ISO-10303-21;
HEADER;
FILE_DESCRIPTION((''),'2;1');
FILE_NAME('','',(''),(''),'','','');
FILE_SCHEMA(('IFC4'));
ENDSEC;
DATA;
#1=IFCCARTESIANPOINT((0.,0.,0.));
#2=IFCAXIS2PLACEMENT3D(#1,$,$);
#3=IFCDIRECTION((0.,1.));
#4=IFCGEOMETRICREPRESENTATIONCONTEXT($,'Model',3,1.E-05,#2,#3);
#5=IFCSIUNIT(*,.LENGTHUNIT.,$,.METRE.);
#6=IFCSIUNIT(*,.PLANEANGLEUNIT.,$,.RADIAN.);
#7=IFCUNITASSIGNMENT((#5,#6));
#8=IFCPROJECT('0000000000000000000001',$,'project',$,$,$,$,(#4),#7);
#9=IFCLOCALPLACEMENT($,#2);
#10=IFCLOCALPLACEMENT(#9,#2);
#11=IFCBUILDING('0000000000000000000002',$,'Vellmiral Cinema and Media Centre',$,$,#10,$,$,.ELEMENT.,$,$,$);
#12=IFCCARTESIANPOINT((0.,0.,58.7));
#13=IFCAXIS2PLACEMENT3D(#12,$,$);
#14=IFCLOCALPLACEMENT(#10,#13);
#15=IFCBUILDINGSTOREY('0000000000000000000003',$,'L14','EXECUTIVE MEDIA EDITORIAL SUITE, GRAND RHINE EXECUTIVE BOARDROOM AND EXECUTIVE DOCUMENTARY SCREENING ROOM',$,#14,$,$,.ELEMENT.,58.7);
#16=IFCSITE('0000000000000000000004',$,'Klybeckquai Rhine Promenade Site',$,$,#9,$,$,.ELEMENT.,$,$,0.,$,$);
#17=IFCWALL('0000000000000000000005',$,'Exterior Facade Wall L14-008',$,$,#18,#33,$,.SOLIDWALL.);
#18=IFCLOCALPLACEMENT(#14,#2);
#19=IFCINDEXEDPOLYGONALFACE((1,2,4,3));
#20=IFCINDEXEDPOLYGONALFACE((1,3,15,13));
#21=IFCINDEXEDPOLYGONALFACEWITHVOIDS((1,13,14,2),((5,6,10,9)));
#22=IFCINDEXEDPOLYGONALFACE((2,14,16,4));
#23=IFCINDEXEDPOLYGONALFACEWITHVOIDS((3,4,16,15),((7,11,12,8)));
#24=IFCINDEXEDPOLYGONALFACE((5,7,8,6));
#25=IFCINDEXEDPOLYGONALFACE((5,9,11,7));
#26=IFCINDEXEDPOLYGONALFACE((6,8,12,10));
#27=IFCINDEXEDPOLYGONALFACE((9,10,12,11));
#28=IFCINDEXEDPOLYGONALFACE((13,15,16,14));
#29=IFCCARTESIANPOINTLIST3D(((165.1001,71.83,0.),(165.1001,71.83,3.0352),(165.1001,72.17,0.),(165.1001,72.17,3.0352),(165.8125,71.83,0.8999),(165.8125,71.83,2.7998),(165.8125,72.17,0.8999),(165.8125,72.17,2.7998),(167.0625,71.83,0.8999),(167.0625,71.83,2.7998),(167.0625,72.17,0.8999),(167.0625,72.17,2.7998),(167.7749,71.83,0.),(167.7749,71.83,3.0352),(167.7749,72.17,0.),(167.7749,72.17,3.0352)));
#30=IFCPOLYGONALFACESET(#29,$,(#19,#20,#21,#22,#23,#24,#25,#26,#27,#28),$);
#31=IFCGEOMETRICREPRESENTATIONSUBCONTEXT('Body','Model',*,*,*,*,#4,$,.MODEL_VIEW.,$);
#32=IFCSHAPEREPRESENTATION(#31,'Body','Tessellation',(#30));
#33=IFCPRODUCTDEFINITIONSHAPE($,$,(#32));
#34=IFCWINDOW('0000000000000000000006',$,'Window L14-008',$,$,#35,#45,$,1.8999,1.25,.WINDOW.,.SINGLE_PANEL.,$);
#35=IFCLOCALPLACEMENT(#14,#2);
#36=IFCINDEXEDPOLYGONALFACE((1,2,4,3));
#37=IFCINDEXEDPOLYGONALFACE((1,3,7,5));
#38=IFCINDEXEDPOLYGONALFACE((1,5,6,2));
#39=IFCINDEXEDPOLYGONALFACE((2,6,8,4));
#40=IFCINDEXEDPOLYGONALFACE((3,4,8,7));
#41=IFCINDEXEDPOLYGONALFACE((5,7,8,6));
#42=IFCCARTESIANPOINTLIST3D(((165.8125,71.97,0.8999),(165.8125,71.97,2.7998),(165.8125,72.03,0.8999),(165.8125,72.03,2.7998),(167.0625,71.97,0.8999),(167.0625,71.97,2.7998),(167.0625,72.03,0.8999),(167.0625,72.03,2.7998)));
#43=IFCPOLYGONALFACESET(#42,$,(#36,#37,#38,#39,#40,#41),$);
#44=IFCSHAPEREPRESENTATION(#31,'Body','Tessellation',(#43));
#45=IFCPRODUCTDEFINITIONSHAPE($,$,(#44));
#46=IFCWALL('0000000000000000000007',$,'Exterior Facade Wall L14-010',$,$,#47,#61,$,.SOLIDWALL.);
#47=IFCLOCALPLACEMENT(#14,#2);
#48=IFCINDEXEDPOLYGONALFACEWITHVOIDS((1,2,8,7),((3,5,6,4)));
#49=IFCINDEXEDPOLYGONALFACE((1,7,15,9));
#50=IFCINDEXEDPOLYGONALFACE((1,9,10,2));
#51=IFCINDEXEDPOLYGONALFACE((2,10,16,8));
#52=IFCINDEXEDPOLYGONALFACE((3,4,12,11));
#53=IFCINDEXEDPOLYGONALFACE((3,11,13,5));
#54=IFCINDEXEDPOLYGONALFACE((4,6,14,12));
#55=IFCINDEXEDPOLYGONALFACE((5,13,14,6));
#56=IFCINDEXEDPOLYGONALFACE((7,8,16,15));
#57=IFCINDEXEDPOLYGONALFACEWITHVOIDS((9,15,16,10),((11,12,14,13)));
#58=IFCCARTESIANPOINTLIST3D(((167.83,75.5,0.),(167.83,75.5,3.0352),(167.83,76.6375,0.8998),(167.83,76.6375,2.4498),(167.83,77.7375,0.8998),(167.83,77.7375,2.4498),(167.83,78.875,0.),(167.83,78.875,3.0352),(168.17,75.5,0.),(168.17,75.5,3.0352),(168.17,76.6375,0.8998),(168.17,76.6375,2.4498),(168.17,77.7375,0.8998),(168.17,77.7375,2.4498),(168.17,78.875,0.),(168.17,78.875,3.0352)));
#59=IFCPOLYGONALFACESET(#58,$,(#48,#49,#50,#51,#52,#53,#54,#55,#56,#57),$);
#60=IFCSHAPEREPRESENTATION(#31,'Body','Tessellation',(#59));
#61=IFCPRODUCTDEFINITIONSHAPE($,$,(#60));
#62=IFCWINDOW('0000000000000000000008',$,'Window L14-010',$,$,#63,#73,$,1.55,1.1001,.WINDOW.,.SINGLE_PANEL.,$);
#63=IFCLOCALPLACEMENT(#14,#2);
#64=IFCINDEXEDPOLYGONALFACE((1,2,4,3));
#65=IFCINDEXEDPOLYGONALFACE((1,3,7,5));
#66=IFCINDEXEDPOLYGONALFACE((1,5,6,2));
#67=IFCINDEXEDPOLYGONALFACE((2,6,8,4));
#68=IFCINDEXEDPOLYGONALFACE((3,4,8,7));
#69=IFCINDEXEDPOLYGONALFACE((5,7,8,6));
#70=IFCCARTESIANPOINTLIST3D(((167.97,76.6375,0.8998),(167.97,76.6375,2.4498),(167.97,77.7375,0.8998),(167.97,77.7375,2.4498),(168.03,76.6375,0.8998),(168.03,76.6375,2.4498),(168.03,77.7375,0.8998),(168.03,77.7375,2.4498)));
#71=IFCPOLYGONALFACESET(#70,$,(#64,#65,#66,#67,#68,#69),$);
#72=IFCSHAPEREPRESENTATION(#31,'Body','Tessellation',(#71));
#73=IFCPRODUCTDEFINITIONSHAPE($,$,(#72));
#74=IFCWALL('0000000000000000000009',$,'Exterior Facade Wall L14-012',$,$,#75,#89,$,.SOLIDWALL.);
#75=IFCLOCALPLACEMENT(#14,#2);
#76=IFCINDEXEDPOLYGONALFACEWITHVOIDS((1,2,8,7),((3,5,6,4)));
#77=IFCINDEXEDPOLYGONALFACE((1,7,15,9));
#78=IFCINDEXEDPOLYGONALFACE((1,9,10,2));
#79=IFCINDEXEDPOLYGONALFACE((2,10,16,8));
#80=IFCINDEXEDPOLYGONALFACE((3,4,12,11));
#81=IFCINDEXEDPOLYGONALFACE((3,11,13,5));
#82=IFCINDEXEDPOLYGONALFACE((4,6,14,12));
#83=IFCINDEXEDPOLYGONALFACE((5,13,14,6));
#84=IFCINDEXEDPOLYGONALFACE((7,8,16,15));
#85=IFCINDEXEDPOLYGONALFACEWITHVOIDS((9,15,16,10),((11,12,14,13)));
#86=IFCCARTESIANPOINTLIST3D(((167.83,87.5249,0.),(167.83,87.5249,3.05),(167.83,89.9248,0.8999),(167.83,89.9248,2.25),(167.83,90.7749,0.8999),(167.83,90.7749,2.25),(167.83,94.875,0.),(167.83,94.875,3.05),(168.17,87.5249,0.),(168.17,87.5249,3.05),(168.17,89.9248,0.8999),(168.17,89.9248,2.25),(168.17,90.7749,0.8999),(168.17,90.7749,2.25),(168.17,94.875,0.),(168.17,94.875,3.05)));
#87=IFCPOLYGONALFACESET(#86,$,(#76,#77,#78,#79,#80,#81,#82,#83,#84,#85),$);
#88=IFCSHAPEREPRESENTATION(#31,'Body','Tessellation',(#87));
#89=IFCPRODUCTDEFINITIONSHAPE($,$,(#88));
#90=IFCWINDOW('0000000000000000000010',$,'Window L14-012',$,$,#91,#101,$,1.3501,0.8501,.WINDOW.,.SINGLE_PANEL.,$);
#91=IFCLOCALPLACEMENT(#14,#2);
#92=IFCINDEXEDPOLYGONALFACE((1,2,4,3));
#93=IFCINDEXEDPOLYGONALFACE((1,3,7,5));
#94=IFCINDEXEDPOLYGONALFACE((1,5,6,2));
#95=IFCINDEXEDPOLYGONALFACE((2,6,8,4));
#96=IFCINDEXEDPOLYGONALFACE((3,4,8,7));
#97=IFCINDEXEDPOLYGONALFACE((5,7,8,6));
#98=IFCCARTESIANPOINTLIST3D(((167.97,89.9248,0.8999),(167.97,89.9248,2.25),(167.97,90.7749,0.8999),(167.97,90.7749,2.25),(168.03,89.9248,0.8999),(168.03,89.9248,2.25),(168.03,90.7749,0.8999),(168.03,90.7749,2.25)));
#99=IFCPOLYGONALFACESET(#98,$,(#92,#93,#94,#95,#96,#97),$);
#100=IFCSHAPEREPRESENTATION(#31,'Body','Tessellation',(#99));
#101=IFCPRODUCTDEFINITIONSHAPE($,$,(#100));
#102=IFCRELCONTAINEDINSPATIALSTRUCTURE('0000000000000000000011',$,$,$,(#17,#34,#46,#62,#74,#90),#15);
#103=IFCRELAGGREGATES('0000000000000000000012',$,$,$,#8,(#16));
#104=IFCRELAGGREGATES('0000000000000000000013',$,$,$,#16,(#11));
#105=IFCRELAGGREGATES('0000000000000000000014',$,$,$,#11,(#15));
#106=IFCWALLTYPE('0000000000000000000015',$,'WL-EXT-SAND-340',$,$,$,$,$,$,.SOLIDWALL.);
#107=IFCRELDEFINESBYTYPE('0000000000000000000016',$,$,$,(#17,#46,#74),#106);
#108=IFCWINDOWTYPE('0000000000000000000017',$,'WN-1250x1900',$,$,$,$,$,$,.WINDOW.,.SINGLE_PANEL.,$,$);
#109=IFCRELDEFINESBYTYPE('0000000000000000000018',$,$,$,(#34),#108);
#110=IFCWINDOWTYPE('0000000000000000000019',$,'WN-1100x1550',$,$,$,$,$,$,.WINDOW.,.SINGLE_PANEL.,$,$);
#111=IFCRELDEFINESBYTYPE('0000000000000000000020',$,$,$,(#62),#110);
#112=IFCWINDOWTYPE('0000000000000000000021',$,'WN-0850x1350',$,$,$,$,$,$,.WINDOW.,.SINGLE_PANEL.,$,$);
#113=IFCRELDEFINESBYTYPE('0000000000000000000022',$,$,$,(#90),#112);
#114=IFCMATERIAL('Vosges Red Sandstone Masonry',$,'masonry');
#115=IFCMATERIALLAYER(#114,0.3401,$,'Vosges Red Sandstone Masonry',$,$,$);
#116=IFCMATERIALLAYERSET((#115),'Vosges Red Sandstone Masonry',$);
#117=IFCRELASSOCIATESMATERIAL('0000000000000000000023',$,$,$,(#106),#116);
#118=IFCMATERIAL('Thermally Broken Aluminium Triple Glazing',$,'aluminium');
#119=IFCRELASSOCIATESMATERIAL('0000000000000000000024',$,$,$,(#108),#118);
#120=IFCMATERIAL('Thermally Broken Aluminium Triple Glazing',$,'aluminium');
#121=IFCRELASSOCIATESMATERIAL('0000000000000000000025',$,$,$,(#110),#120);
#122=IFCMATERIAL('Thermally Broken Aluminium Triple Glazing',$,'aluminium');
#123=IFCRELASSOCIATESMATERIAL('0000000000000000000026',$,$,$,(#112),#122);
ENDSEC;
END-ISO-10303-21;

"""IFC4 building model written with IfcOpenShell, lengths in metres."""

from ifc_helpers import new_model, si_unit, direction, frame, frame_2d, origin, place, context, subcontext, project, spatial, rectangle, extrude, material, layer, layer_set, type_object, element, fill, save


model = new_model("IFC4")

# Units and contexts
model_context = context("Model", 3, precision=1e-05, world=origin(), true_north=direction((0.0, 1.0)))
body_context = subcontext(model_context, "Body", "Model", "MODEL_VIEW")
ifc_project = project(units=[si_unit("LENGTHUNIT", "METRE"), si_unit("PLANEANGLEUNIT", "RADIAN")], contexts=[model_context])

# Site, building, storey
site_placement = place(None, origin())
site = spatial("IfcSite", under=ifc_project, at=site_placement, Name="Klybeckquai Rhine Promenade Site", CompositionType="ELEMENT", RefElevation=0.0)
building_placement = place(site_placement, origin())
building = spatial("IfcBuilding", under=site, at=building_placement, Name="Vellmiral Cinema and Media Centre", CompositionType="ELEMENT")
storey_placement = place(building_placement, frame((0.0, 0.0, 58.7)))
storey = spatial("IfcBuildingStorey", under=building, at=storey_placement, Name="L14", Description="EXECUTIVE MEDIA EDITORIAL SUITE, GRAND RHINE EXECUTIVE BOARDROOM AND EXECUTIVE DOCUMENTARY SCREENING ROOM", CompositionType="ELEMENT", Elevation=58.7)

# Walls, openings, windows
ifc_material_1 = material(Name="Vosges Red Sandstone Masonry", Category="masonry")
ifc_layer_1 = layer(ifc_material_1, 0.3401, Name="Vosges Red Sandstone Masonry")
ifc_layer_set_1 = layer_set([ifc_layer_1], Name="Vosges Red Sandstone Masonry")
wall_type_1 = type_object("IfcWallType", Name="WL-EXT-SAND-340", PredefinedType="SOLIDWALL", material=ifc_layer_set_1)
wall_1_placement = place(storey_placement, frame((165.1001, 72.0, 0.0), z_axis=(0.0, 0.0, 1.0), x_axis=(1.0, 0.0, 0.0)))
wall_1 = element("IfcWall", 1, at=wall_1_placement, inside=storey, type_object=wall_type_1, Name="Exterior Facade Wall L14-008", PredefinedType="SOLIDWALL", context=body_context, shape_type="SweptSolid", body=[
    extrude(rectangle(XDim=2.6748, YDim=0.3401, at=frame_2d((1.3374, 0.0))), origin(), (0.0, 0.0, 1.0), 3.0352),
])
opening_1_placement = place(wall_1_placement, frame((0.7124, 0.0, 0.8999)))
opening_1 = element("IfcOpeningElement", 2, at=opening_1_placement, cuts=wall_1, PredefinedType="OPENING", context=body_context, shape_type="SweptSolid", body=[
    extrude(rectangle(XDim=1.25, YDim=1.8999, at=frame_2d((0.625, 0.95))), frame((0.0, 0.1821, 0.0), z_axis=(0.0, -1.0, 0.0), x_axis=(1.0, 0.0, 0.0)), (0.0, 0.0, 1.0), 0.364),
])
ifc_material_2 = material(Name="Thermally Broken Aluminium Triple Glazing", Category="aluminium")
window_type_1 = type_object("IfcWindowType", Name="WN-1250x1900", PartitioningType="SINGLE_PANEL", PredefinedType="WINDOW", material=ifc_material_2)
window_1_placement = place(opening_1_placement, origin())
window_1 = element("IfcWindow", 3, at=window_1_placement, inside=storey, type_object=window_type_1, Name="Window L14-008", OverallHeight=1.8999, OverallWidth=1.25, PartitioningType="SINGLE_PANEL", PredefinedType="WINDOW", context=body_context, shape_type="SweptSolid", body=[
    extrude(rectangle(XDim=1.25, YDim=1.8999, at=frame_2d((0.625, 0.95))), frame((0.0, 0.03, 0.0), z_axis=(0.0, -1.0, 0.0), x_axis=(1.0, 0.0, 0.0)), (0.0, 0.0, 1.0), 0.0601),
])
fill(opening_1, window_1)
wall_2_placement = place(storey_placement, frame((168.0, 75.5, 0.0), z_axis=(0.0, 0.0, 1.0), x_axis=(0.0, 1.0, 0.0)))
wall_2 = element("IfcWall", 4, at=wall_2_placement, inside=storey, type_object=wall_type_1, Name="Exterior Facade Wall L14-010", PredefinedType="SOLIDWALL", context=body_context, shape_type="SweptSolid", body=[
    extrude(rectangle(XDim=3.375, YDim=0.3401, at=frame_2d((1.6875, 0.0))), origin(), (0.0, 0.0, 1.0), 3.0352),
])
opening_2_placement = place(wall_2_placement, frame((1.1375, 0.0, 0.8999)))
opening_2 = element("IfcOpeningElement", 5, at=opening_2_placement, cuts=wall_2, PredefinedType="OPENING", context=body_context, shape_type="SweptSolid", body=[
    extrude(rectangle(XDim=1.1001, YDim=1.55, at=frame_2d((0.55, 0.7749))), frame((0.0, 0.1821, 0.0), z_axis=(0.0, -1.0, 0.0), x_axis=(1.0, 0.0, 0.0)), (0.0, 0.0, 1.0), 0.364),
])
ifc_material_3 = material(Name="Thermally Broken Aluminium Triple Glazing", Category="aluminium")
window_type_2 = type_object("IfcWindowType", Name="WN-1100x1550", PartitioningType="SINGLE_PANEL", PredefinedType="WINDOW", material=ifc_material_3)
window_2_placement = place(opening_2_placement, origin())
window_2 = element("IfcWindow", 6, at=window_2_placement, inside=storey, type_object=window_type_2, Name="Window L14-010", OverallHeight=1.55, OverallWidth=1.1001, PartitioningType="SINGLE_PANEL", PredefinedType="WINDOW", context=body_context, shape_type="SweptSolid", body=[
    extrude(rectangle(XDim=1.1001, YDim=1.55, at=frame_2d((0.55, 0.7749))), frame((0.0, 0.03, 0.0), z_axis=(0.0, -1.0, 0.0), x_axis=(1.0, 0.0, 0.0)), (0.0, 0.0, 1.0), 0.0601),
])
fill(opening_2, window_2)
wall_3_placement = place(storey_placement, frame((168.0, 87.5249, 0.0), z_axis=(0.0, 0.0, 1.0), x_axis=(0.0, 1.0, 0.0)))
wall_3 = element("IfcWall", 7, at=wall_3_placement, inside=storey, type_object=wall_type_1, Name="Exterior Facade Wall L14-012", PredefinedType="SOLIDWALL", context=body_context, shape_type="SweptSolid", body=[
    extrude(rectangle(XDim=7.3501, YDim=0.3401, at=frame_2d((3.675, 0.0))), origin(), (0.0, 0.0, 1.0), 3.05),
])
opening_3_placement = place(wall_3_placement, frame((2.3999, 0.0, 0.8999)))
opening_3 = element("IfcOpeningElement", 8, at=opening_3_placement, cuts=wall_3, PredefinedType="OPENING", context=body_context, shape_type="SweptSolid", body=[
    extrude(rectangle(XDim=0.8501, YDim=1.3501, at=frame_2d((0.425, 0.675))), frame((0.0, 0.1821, 0.0), z_axis=(0.0, -1.0, 0.0), x_axis=(1.0, 0.0, 0.0)), (0.0, 0.0, 1.0), 0.364),
])
ifc_material_4 = material(Name="Thermally Broken Aluminium Triple Glazing", Category="aluminium")
window_type_3 = type_object("IfcWindowType", Name="WN-0850x1350", PartitioningType="SINGLE_PANEL", PredefinedType="WINDOW", material=ifc_material_4)
window_3_placement = place(opening_3_placement, origin())
window_3 = element("IfcWindow", 9, at=window_3_placement, inside=storey, type_object=window_type_3, Name="Window L14-012", OverallHeight=1.3501, OverallWidth=0.8501, PartitioningType="SINGLE_PANEL", PredefinedType="WINDOW", context=body_context, shape_type="SweptSolid", body=[
    extrude(rectangle(XDim=0.8501, YDim=1.3501, at=frame_2d((0.425, 0.675))), frame((0.0, 0.03, 0.0), z_axis=(0.0, -1.0, 0.0), x_axis=(1.0, 0.0, 0.0)), (0.0, 0.0, 1.0), 0.0601),
])
fill(opening_3, window_3)

save(model, "model.ifc")
